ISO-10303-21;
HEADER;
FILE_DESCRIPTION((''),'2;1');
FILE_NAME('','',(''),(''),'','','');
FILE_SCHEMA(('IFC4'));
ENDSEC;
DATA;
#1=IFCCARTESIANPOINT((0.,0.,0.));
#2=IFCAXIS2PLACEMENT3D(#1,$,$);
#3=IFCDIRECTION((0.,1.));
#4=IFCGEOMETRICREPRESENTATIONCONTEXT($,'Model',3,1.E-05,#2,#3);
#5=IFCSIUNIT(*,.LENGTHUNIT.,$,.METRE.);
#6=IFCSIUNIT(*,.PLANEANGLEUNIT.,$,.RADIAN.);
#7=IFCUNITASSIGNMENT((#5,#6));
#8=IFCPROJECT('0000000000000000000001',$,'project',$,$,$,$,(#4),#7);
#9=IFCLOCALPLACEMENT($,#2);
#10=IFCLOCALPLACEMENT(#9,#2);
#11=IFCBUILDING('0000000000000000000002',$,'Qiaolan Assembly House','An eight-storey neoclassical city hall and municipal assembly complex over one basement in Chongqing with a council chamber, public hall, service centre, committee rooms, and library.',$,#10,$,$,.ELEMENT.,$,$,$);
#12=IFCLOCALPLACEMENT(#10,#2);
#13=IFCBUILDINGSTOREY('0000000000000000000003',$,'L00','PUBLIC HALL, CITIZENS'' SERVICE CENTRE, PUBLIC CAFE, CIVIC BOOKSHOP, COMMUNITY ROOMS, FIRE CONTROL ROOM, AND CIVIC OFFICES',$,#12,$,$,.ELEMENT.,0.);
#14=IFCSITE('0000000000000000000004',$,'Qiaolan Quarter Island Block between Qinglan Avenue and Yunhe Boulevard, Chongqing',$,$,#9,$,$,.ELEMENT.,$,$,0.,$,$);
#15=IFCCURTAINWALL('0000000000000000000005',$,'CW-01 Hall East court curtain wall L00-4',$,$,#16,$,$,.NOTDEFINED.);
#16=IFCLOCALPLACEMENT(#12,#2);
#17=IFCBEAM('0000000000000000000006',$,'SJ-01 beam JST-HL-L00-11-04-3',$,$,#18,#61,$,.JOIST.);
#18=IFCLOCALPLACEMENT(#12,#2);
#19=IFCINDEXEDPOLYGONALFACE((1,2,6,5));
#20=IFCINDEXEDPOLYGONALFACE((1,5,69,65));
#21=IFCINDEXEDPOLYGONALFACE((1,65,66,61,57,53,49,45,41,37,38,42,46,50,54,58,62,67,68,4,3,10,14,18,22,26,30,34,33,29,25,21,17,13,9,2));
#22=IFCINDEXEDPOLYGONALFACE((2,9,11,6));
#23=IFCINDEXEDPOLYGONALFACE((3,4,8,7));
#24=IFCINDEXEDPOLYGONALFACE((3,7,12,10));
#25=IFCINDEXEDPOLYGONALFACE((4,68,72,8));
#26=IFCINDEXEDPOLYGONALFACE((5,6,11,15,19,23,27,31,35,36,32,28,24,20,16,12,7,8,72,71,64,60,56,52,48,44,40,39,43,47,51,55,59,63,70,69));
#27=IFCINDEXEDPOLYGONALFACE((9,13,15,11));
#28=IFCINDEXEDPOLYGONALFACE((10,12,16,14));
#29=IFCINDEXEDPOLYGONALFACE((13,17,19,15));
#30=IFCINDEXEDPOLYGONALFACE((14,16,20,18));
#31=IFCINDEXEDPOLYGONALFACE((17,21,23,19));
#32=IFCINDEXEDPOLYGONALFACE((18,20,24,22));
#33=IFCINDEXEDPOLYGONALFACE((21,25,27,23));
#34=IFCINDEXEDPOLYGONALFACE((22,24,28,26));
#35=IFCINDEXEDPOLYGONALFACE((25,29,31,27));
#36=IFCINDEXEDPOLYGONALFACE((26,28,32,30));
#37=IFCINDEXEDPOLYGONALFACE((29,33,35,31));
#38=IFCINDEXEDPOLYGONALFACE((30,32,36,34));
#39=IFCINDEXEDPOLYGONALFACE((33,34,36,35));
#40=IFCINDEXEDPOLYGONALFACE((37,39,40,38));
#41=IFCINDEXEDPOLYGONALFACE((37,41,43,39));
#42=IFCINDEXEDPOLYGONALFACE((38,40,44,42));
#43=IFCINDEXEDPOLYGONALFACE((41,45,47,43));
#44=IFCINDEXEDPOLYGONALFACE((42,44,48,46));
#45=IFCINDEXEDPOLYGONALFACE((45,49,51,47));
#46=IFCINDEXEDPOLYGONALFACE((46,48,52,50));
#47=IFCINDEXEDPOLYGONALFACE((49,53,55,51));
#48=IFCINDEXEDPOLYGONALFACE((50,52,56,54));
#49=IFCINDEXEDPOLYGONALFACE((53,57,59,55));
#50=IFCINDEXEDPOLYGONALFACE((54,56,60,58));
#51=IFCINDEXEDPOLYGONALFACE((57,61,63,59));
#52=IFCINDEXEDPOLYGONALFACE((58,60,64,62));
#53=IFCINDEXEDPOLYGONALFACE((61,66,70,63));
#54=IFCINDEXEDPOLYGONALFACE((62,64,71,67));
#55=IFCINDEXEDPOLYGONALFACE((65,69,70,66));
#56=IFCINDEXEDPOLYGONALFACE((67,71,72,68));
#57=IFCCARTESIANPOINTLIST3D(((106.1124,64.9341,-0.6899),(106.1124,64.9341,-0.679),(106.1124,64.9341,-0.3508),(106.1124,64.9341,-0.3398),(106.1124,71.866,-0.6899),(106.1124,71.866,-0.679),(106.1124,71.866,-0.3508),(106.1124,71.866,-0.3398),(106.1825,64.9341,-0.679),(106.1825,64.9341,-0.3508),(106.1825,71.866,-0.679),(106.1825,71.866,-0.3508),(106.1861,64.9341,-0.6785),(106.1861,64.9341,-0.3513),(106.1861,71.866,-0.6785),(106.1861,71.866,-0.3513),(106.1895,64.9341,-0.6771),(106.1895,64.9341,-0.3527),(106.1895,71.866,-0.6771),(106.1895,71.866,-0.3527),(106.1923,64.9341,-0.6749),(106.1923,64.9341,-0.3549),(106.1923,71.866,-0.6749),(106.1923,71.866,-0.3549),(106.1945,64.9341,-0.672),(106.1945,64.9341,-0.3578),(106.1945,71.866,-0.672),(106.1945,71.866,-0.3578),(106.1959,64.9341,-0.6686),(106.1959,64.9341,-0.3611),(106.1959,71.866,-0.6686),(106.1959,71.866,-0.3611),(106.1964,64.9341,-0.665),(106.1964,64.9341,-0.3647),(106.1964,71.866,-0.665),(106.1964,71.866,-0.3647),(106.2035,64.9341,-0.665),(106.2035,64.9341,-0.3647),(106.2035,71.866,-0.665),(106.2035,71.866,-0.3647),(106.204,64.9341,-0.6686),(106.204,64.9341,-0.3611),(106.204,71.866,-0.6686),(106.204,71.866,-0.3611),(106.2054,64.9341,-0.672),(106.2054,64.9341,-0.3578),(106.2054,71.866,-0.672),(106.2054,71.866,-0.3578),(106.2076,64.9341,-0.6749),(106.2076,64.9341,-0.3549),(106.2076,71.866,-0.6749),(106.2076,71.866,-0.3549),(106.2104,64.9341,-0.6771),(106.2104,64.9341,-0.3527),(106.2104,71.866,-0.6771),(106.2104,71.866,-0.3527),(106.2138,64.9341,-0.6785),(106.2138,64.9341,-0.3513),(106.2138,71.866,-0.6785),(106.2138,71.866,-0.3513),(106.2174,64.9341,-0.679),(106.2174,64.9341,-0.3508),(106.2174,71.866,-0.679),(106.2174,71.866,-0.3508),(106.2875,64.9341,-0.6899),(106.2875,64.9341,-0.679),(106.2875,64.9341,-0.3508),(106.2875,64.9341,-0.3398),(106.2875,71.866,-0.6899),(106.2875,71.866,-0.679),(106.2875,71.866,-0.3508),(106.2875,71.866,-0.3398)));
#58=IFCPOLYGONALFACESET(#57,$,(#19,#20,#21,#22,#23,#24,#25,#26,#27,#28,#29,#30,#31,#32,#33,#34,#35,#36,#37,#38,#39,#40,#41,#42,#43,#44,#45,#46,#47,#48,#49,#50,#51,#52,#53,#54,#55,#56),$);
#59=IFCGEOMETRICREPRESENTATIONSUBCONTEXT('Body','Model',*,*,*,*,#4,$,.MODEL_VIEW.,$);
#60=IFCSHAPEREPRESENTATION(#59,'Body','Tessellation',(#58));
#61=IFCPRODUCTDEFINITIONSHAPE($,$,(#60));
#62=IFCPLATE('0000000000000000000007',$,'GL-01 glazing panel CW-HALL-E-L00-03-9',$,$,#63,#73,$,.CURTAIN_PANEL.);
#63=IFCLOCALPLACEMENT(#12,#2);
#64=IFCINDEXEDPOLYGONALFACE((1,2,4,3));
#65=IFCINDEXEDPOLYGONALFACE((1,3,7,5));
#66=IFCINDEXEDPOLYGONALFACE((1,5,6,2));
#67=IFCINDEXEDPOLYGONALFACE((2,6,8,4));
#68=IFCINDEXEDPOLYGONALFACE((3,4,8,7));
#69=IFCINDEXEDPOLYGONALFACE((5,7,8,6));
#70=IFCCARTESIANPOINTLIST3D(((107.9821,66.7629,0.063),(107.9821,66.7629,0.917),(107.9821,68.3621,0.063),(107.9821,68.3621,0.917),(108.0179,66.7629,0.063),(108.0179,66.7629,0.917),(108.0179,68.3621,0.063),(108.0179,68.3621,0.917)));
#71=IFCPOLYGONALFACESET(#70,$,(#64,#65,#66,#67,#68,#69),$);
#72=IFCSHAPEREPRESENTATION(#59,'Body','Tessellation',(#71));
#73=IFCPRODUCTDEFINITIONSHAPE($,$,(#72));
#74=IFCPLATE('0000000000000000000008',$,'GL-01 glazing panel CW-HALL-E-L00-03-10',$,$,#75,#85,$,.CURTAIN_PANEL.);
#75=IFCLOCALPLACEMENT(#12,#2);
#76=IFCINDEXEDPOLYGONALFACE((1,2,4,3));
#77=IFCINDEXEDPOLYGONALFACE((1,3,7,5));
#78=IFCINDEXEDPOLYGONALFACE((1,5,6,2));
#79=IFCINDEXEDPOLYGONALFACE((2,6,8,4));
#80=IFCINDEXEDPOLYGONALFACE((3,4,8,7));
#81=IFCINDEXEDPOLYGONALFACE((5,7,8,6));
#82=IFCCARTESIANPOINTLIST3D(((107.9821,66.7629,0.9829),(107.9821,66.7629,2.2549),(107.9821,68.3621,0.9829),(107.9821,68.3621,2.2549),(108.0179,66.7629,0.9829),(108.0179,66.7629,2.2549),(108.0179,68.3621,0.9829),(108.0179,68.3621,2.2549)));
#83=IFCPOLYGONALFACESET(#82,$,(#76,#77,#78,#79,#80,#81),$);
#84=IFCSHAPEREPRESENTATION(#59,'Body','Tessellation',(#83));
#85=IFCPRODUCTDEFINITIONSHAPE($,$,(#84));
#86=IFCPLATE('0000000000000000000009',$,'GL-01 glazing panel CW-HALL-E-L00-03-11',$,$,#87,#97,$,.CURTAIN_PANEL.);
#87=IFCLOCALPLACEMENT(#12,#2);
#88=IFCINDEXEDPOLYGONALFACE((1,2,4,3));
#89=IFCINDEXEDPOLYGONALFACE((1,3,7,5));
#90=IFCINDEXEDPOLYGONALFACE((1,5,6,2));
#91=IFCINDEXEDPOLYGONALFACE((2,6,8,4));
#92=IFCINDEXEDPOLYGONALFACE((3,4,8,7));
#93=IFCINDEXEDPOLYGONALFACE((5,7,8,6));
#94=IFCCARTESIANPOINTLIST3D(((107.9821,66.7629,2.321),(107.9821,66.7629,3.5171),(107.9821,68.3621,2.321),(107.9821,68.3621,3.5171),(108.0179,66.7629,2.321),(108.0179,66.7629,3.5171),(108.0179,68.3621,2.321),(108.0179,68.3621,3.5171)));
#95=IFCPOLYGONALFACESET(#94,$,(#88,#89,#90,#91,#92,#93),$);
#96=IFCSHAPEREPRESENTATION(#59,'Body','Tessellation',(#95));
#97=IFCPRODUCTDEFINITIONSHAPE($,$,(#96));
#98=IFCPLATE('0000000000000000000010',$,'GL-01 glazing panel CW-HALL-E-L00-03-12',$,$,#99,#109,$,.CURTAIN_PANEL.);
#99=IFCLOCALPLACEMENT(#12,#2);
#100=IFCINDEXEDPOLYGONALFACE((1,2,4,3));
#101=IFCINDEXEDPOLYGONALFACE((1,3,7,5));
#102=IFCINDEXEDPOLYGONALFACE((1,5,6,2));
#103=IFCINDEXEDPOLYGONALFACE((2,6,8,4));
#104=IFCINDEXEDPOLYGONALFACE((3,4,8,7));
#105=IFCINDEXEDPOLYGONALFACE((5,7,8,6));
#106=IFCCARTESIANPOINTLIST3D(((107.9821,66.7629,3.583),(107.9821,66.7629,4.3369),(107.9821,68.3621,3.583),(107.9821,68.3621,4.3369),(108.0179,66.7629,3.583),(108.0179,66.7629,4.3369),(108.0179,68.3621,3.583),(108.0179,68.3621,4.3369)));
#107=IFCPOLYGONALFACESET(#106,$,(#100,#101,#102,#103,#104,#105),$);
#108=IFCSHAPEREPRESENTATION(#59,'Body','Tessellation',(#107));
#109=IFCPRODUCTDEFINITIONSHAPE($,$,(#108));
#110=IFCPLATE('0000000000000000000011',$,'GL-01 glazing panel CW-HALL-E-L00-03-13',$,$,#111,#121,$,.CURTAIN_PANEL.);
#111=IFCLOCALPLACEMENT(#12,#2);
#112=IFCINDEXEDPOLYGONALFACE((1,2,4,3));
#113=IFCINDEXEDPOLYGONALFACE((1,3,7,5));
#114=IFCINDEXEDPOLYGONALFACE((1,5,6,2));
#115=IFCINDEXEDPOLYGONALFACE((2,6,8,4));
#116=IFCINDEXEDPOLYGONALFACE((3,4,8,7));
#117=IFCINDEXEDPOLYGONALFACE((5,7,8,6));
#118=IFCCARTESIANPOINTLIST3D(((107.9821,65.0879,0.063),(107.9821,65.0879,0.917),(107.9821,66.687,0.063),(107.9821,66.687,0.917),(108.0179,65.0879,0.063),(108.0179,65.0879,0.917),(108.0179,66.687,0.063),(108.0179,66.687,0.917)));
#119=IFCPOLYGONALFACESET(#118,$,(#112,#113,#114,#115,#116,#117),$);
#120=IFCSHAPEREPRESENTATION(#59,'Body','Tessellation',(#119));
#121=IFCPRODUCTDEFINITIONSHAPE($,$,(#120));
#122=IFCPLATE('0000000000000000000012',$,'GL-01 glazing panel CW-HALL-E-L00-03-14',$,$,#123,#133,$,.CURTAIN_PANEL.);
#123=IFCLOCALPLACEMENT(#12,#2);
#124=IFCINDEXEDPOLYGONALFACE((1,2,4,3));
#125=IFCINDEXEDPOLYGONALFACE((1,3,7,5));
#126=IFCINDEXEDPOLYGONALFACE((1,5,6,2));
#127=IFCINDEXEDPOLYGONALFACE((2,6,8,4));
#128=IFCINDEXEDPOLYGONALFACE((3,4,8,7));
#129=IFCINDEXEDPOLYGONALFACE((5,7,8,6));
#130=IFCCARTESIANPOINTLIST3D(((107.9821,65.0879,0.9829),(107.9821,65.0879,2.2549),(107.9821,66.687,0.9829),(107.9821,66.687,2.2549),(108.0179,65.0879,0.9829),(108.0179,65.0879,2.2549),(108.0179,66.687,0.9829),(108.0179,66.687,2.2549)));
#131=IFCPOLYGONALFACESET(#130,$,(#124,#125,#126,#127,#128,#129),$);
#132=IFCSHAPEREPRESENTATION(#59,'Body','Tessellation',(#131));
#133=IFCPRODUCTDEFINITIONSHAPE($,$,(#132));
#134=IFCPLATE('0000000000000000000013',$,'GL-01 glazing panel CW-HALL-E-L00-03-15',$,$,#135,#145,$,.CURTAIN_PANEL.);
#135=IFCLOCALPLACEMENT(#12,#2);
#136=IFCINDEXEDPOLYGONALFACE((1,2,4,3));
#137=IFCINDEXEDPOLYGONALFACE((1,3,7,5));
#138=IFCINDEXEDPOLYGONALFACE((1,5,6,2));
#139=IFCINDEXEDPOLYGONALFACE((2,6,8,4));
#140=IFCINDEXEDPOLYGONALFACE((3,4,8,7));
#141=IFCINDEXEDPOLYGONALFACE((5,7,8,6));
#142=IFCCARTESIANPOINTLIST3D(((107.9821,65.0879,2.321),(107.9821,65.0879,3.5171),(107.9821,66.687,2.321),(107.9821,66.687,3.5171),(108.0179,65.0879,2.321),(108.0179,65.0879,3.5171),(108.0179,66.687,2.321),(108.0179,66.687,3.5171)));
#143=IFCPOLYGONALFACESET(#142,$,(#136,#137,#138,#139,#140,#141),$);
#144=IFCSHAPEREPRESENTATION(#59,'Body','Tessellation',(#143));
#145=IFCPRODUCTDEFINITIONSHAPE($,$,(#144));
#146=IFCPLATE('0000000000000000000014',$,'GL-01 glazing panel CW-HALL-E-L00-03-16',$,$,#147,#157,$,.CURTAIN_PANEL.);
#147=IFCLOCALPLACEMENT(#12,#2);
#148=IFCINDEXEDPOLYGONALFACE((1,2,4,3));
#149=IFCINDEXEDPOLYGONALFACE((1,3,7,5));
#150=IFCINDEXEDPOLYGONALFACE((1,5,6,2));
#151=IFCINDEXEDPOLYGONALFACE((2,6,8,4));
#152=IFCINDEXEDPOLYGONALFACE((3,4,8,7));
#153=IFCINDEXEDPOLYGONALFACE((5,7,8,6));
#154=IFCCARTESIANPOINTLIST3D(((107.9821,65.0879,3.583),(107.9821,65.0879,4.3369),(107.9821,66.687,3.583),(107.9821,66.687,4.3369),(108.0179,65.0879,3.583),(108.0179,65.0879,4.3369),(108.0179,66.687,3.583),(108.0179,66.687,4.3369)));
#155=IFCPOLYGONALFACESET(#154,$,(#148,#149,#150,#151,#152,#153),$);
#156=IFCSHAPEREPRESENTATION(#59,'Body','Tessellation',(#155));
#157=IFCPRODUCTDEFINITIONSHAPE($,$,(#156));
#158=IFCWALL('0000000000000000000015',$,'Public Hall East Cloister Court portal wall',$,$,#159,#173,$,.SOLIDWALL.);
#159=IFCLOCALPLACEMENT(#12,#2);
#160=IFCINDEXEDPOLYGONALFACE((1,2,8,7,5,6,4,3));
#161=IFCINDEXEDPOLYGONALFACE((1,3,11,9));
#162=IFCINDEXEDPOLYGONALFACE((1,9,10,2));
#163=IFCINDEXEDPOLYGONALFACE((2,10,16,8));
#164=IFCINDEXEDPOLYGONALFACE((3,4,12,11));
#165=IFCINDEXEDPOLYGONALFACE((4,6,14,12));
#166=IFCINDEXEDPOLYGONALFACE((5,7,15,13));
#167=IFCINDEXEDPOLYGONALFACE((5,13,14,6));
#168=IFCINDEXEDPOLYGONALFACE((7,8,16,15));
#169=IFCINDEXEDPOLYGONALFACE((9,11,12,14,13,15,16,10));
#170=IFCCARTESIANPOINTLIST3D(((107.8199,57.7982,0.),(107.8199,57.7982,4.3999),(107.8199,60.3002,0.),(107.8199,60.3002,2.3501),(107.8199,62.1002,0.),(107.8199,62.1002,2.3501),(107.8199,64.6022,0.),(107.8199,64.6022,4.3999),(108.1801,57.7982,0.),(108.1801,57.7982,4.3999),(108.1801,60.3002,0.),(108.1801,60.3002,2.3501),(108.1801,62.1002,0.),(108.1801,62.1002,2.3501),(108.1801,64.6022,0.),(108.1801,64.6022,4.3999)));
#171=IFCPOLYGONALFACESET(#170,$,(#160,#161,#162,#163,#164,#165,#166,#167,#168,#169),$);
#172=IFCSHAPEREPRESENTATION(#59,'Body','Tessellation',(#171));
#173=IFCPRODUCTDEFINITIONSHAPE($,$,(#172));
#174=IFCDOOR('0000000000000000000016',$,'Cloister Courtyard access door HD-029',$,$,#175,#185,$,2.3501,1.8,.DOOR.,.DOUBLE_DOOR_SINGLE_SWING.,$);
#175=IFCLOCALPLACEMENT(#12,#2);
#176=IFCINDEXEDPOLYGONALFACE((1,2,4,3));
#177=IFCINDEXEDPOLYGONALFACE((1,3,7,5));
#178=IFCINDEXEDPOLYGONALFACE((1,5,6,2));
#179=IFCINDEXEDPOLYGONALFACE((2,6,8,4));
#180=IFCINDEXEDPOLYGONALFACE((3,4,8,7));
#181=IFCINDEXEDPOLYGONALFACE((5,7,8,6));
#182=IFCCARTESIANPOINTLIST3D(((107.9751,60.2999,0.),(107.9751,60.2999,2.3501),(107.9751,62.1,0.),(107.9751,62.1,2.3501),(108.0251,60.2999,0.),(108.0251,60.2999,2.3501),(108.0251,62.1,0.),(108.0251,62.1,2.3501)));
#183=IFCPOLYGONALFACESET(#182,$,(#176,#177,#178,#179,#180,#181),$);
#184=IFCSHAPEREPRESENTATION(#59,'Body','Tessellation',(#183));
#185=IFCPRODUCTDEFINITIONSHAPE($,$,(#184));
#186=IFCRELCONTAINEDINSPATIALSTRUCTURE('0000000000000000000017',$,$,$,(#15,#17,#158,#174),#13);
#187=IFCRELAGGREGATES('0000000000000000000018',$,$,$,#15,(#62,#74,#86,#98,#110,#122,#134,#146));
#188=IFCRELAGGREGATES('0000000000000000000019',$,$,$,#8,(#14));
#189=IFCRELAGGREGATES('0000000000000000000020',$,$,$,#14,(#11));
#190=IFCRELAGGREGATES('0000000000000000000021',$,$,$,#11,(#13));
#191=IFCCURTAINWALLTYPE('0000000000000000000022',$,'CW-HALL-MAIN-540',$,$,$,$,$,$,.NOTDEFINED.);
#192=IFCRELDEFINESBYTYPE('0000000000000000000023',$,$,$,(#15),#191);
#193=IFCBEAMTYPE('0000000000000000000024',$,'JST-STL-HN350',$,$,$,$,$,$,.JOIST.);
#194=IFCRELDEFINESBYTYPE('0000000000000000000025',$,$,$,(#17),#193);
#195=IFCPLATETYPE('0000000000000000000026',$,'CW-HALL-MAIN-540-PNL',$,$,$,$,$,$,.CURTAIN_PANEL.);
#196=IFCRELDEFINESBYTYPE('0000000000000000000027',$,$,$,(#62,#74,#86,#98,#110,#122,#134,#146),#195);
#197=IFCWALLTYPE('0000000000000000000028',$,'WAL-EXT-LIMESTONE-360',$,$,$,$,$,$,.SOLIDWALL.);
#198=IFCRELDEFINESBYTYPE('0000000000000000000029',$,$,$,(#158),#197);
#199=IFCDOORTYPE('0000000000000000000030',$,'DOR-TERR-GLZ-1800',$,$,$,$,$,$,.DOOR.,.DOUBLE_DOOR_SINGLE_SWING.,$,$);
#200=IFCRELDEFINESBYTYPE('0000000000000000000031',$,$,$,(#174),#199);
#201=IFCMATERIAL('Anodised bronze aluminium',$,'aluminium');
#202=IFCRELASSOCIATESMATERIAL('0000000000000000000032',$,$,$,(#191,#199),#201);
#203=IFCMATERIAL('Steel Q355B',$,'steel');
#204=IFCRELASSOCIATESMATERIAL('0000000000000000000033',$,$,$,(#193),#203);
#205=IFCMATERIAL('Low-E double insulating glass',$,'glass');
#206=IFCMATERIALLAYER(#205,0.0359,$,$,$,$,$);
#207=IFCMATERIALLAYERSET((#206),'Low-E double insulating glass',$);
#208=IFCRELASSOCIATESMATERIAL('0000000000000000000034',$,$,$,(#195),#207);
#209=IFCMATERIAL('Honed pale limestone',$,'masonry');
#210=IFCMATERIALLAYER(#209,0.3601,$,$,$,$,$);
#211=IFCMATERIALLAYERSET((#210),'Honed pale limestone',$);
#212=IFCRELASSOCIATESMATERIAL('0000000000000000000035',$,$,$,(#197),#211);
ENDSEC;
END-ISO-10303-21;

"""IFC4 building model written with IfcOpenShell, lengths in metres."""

from ifc_helpers import new_model, si_unit, direction, frame, frame_2d, origin, origin_2d, place, context, subcontext, project, spatial, rectangle, i_section, extrude, material, layer, layer_set, material_profile, profile_set, type_object, element, fill, aggregate, save


model = new_model("IFC4")

# Units and contexts
model_context = context("Model", 3, precision=1e-05, world=origin(), true_north=direction((0.0, 1.0)))
body_context = subcontext(model_context, "Body", "Model", "MODEL_VIEW")
ifc_project = project(units=[si_unit("LENGTHUNIT", "METRE"), si_unit("PLANEANGLEUNIT", "RADIAN")], contexts=[model_context])

# Site, building, storey
site_placement = place(None, origin())
site = spatial("IfcSite", under=ifc_project, at=site_placement, Name="Qiaolan Quarter Island Block between Qinglan Avenue and Yunhe Boulevard, Chongqing", CompositionType="ELEMENT", RefElevation=0.0)
building_placement = place(site_placement, origin())
building = spatial("IfcBuilding", under=site, at=building_placement, Name="Qiaolan Assembly House", Description="An eight-storey neoclassical city hall and municipal assembly complex over one basement in Chongqing with a council chamber, public hall, service centre, committee rooms, and library.", CompositionType="ELEMENT")
storey_placement = place(building_placement, origin())
storey = spatial("IfcBuildingStorey", under=building, at=storey_placement, Name="L00", Description="PUBLIC HALL, CITIZENS' SERVICE CENTRE, PUBLIC CAFE, CIVIC BOOKSHOP, COMMUNITY ROOMS, FIRE CONTROL ROOM, AND CIVIC OFFICES", CompositionType="ELEMENT", Elevation=0.0)

# Shared definitions
ifc_material_1 = material(Name="Steel Q355B", Category="steel")

# Curtain wall
ifc_material_2 = material(Name="Anodised bronze aluminium", Category="aluminium")
curtain_wall_type = type_object("IfcCurtainWallType", Name="CW-HALL-MAIN-540", PredefinedType="NOTDEFINED", material=ifc_material_2)
curtain_wall_placement = place(storey_placement, origin())
curtain_wall = element("IfcCurtainWall", 1, at=curtain_wall_placement, inside=storey, type_object=curtain_wall_type, Name="CW-01 Hall East court curtain wall L00-4", PredefinedType="NOTDEFINED")

# Beam
ifc_material_profile_1 = material_profile(ifc_material_1, i_section(OverallWidth=0.175, OverallDepth=0.3501, WebThickness=0.0071, FlangeThickness=0.011, FilletRadius=0.0139, at=origin_2d()), Name="HN 350x175x7x11")
ifc_profile_set_1 = profile_set([ifc_material_profile_1], Name="Steel Q355B")
beam_type_1 = type_object("IfcBeamType", Name="JST-STL-HN350", PredefinedType="JOIST", material=ifc_profile_set_1)
beam_1_placement = place(storey_placement, frame((106.2, 64.9341, -0.5149), z_axis=(0.0, 1.0, 0.0), x_axis=(-1.0, 0.0, 0.0)))
element("IfcBeam", 2, at=beam_1_placement, inside=storey, type_object=beam_type_1, Name="SJ-01 beam JST-HL-L00-11-04-3", PredefinedType="JOIST", context=body_context, shape_type="SweptSolid", body=[
    extrude(i_section(OverallWidth=0.175, OverallDepth=0.3501, WebThickness=0.0071, FlangeThickness=0.011, FilletRadius=0.0139, at=origin_2d()), origin(), (0.0, 0.0, 1.0), 6.9319),
])

# Plates
ifc_material_3 = material(Name="Low-E double insulating glass", Category="glass")
ifc_layer_1 = layer(ifc_material_3, 0.0359)
ifc_layer_set_1 = layer_set([ifc_layer_1], Name="Low-E double insulating glass")
plate_type = type_object("IfcPlateType", Name="CW-HALL-MAIN-540-PNL", PredefinedType="CURTAIN_PANEL", material=ifc_layer_set_1)
plate_1_placement = place(storey_placement, frame((108.0, 68.3621, 0.063), z_axis=(0.0, 0.0, 1.0), x_axis=(0.0, -1.0, 0.0)))
plate_1 = element("IfcPlate", 3, at=plate_1_placement, type_object=plate_type, Name="GL-01 glazing panel CW-HALL-E-L00-03-9", PredefinedType="CURTAIN_PANEL", context=body_context, shape_type="SweptSolid", body=[
    extrude(rectangle(XDim=1.5991, YDim=0.0359, at=frame_2d((0.7996, 0.0))), origin(), (0.0, 0.0, 1.0), 0.854),
])
plate_2_placement = place(storey_placement, frame((108.0, 68.3621, 0.9829), z_axis=(0.0, 0.0, 1.0), x_axis=(0.0, -1.0, 0.0)))
plate_2 = element("IfcPlate", 4, at=plate_2_placement, type_object=plate_type, Name="GL-01 glazing panel CW-HALL-E-L00-03-10", PredefinedType="CURTAIN_PANEL", context=body_context, shape_type="SweptSolid", body=[
    extrude(rectangle(XDim=1.5991, YDim=0.0359, at=frame_2d((0.7996, 0.0))), origin(), (0.0, 0.0, 1.0), 1.272),
])
plate_3_placement = place(storey_placement, frame((108.0, 68.3621, 2.321), z_axis=(0.0, 0.0, 1.0), x_axis=(0.0, -1.0, 0.0)))
plate_3 = element("IfcPlate", 5, at=plate_3_placement, type_object=plate_type, Name="GL-01 glazing panel CW-HALL-E-L00-03-11", PredefinedType="CURTAIN_PANEL", context=body_context, shape_type="SweptSolid", body=[
    extrude(rectangle(XDim=1.5991, YDim=0.0359, at=frame_2d((0.7996, 0.0))), origin(), (0.0, 0.0, 1.0), 1.196),
])
plate_4_placement = place(storey_placement, frame((108.0, 68.3621, 3.583), z_axis=(0.0, 0.0, 1.0), x_axis=(0.0, -1.0, 0.0)))
plate_4 = element("IfcPlate", 6, at=plate_4_placement, type_object=plate_type, Name="GL-01 glazing panel CW-HALL-E-L00-03-12", PredefinedType="CURTAIN_PANEL", context=body_context, shape_type="SweptSolid", body=[
    extrude(rectangle(XDim=1.5991, YDim=0.0359, at=frame_2d((0.7996, 0.0))), origin(), (0.0, 0.0, 1.0), 0.7539),
])
plate_5_placement = place(storey_placement, frame((108.0, 66.687, 0.063), z_axis=(0.0, 0.0, 1.0), x_axis=(0.0, -1.0, 0.0)))
plate_5 = element("IfcPlate", 7, at=plate_5_placement, type_object=plate_type, Name="GL-01 glazing panel CW-HALL-E-L00-03-13", PredefinedType="CURTAIN_PANEL", context=body_context, shape_type="SweptSolid", body=[
    extrude(rectangle(XDim=1.5991, YDim=0.0359, at=frame_2d((0.7996, 0.0))), origin(), (0.0, 0.0, 1.0), 0.854),
])
plate_6_placement = place(storey_placement, frame((108.0, 66.687, 0.9829), z_axis=(0.0, 0.0, 1.0), x_axis=(0.0, -1.0, 0.0)))
plate_6 = element("IfcPlate", 8, at=plate_6_placement, type_object=plate_type, Name="GL-01 glazing panel CW-HALL-E-L00-03-14", PredefinedType="CURTAIN_PANEL", context=body_context, shape_type="SweptSolid", body=[
    extrude(rectangle(XDim=1.5991, YDim=0.0359, at=frame_2d((0.7996, 0.0))), origin(), (0.0, 0.0, 1.0), 1.272),
])
plate_7_placement = place(storey_placement, frame((108.0, 66.687, 2.321), z_axis=(0.0, 0.0, 1.0), x_axis=(0.0, -1.0, 0.0)))
plate_7 = element("IfcPlate", 9, at=plate_7_placement, type_object=plate_type, Name="GL-01 glazing panel CW-HALL-E-L00-03-15", PredefinedType="CURTAIN_PANEL", context=body_context, shape_type="SweptSolid", body=[
    extrude(rectangle(XDim=1.5991, YDim=0.0359, at=frame_2d((0.7996, 0.0))), origin(), (0.0, 0.0, 1.0), 1.196),
])
plate_8_placement = place(storey_placement, frame((108.0, 66.687, 3.583), z_axis=(0.0, 0.0, 1.0), x_axis=(0.0, -1.0, 0.0)))
plate_8 = element("IfcPlate", 10, at=plate_8_placement, type_object=plate_type, Name="GL-01 glazing panel CW-HALL-E-L00-03-16", PredefinedType="CURTAIN_PANEL", context=body_context, shape_type="SweptSolid", body=[
    extrude(rectangle(XDim=1.5991, YDim=0.0359, at=frame_2d((0.7996, 0.0))), origin(), (0.0, 0.0, 1.0), 0.7539),
])
aggregate(curtain_wall, [plate_1, plate_2, plate_3, plate_4, plate_5, plate_6, plate_7, plate_8])

# Wall, opening, door
ifc_material_4 = material(Name="Honed pale limestone", Category="masonry")
ifc_layer_2 = layer(ifc_material_4, 0.3601)
ifc_layer_set_2 = layer_set([ifc_layer_2], Name="Honed pale limestone")
wall_type = type_object("IfcWallType", Name="WAL-EXT-LIMESTONE-360", PredefinedType="SOLIDWALL", material=ifc_layer_set_2)
wall_placement = place(storey_placement, frame((108.0, 64.6021, 0.0), z_axis=(0.0, 0.0, 1.0), x_axis=(0.0, -1.0, 0.0)))
wall = element("IfcWall", 11, at=wall_placement, inside=storey, type_object=wall_type, Name="Public Hall East Cloister Court portal wall", PredefinedType="SOLIDWALL", context=body_context, shape_type="SweptSolid", body=[
    extrude(rectangle(XDim=6.804, YDim=0.3601, at=frame_2d((3.4019, 0.0))), origin(), (0.0, 0.0, 1.0), 4.3999),
])
opening_placement = place(wall_placement, frame((2.502, 0.0, 0.0)))
opening = element("IfcOpeningElement", 12, at=opening_placement, cuts=wall, PredefinedType="OPENING", context=body_context, shape_type="SweptSolid", body=[
    extrude(rectangle(XDim=1.8, YDim=2.3501, at=frame_2d((0.8999, 1.175))), frame((0.0, 0.1899, 0.0), z_axis=(0.0, -1.0, 0.0), x_axis=(1.0, 0.0, 0.0)), (0.0, 0.0, 1.0), 0.3801),
])
door_type = type_object("IfcDoorType", Name="DOR-TERR-GLZ-1800", OperationType="DOUBLE_DOOR_SINGLE_SWING", PredefinedType="DOOR", material=ifc_material_2)
door_placement = place(opening_placement, frame((1.8, 0.0, 0.0), z_axis=(0.0, 0.0, 1.0), x_axis=(-1.0, 0.0, 0.0)))
door = element("IfcDoor", 13, at=door_placement, inside=storey, type_object=door_type, Name="Cloister Courtyard access door HD-029", OperationType="DOUBLE_DOOR_SINGLE_SWING", OverallHeight=2.3501, OverallWidth=1.8, PredefinedType="DOOR", context=body_context, shape_type="SweptSolid", body=[
    extrude(rectangle(XDim=1.8, YDim=2.3501, at=frame_2d((0.8999, 1.175))), frame((0.0, 0.0249, 0.0), z_axis=(0.0, -1.0, 0.0), x_axis=(1.0, 0.0, 0.0)), (0.0, 0.0, 1.0), 0.05),
])
fill(opening, door)

save(model, "model.ifc")
